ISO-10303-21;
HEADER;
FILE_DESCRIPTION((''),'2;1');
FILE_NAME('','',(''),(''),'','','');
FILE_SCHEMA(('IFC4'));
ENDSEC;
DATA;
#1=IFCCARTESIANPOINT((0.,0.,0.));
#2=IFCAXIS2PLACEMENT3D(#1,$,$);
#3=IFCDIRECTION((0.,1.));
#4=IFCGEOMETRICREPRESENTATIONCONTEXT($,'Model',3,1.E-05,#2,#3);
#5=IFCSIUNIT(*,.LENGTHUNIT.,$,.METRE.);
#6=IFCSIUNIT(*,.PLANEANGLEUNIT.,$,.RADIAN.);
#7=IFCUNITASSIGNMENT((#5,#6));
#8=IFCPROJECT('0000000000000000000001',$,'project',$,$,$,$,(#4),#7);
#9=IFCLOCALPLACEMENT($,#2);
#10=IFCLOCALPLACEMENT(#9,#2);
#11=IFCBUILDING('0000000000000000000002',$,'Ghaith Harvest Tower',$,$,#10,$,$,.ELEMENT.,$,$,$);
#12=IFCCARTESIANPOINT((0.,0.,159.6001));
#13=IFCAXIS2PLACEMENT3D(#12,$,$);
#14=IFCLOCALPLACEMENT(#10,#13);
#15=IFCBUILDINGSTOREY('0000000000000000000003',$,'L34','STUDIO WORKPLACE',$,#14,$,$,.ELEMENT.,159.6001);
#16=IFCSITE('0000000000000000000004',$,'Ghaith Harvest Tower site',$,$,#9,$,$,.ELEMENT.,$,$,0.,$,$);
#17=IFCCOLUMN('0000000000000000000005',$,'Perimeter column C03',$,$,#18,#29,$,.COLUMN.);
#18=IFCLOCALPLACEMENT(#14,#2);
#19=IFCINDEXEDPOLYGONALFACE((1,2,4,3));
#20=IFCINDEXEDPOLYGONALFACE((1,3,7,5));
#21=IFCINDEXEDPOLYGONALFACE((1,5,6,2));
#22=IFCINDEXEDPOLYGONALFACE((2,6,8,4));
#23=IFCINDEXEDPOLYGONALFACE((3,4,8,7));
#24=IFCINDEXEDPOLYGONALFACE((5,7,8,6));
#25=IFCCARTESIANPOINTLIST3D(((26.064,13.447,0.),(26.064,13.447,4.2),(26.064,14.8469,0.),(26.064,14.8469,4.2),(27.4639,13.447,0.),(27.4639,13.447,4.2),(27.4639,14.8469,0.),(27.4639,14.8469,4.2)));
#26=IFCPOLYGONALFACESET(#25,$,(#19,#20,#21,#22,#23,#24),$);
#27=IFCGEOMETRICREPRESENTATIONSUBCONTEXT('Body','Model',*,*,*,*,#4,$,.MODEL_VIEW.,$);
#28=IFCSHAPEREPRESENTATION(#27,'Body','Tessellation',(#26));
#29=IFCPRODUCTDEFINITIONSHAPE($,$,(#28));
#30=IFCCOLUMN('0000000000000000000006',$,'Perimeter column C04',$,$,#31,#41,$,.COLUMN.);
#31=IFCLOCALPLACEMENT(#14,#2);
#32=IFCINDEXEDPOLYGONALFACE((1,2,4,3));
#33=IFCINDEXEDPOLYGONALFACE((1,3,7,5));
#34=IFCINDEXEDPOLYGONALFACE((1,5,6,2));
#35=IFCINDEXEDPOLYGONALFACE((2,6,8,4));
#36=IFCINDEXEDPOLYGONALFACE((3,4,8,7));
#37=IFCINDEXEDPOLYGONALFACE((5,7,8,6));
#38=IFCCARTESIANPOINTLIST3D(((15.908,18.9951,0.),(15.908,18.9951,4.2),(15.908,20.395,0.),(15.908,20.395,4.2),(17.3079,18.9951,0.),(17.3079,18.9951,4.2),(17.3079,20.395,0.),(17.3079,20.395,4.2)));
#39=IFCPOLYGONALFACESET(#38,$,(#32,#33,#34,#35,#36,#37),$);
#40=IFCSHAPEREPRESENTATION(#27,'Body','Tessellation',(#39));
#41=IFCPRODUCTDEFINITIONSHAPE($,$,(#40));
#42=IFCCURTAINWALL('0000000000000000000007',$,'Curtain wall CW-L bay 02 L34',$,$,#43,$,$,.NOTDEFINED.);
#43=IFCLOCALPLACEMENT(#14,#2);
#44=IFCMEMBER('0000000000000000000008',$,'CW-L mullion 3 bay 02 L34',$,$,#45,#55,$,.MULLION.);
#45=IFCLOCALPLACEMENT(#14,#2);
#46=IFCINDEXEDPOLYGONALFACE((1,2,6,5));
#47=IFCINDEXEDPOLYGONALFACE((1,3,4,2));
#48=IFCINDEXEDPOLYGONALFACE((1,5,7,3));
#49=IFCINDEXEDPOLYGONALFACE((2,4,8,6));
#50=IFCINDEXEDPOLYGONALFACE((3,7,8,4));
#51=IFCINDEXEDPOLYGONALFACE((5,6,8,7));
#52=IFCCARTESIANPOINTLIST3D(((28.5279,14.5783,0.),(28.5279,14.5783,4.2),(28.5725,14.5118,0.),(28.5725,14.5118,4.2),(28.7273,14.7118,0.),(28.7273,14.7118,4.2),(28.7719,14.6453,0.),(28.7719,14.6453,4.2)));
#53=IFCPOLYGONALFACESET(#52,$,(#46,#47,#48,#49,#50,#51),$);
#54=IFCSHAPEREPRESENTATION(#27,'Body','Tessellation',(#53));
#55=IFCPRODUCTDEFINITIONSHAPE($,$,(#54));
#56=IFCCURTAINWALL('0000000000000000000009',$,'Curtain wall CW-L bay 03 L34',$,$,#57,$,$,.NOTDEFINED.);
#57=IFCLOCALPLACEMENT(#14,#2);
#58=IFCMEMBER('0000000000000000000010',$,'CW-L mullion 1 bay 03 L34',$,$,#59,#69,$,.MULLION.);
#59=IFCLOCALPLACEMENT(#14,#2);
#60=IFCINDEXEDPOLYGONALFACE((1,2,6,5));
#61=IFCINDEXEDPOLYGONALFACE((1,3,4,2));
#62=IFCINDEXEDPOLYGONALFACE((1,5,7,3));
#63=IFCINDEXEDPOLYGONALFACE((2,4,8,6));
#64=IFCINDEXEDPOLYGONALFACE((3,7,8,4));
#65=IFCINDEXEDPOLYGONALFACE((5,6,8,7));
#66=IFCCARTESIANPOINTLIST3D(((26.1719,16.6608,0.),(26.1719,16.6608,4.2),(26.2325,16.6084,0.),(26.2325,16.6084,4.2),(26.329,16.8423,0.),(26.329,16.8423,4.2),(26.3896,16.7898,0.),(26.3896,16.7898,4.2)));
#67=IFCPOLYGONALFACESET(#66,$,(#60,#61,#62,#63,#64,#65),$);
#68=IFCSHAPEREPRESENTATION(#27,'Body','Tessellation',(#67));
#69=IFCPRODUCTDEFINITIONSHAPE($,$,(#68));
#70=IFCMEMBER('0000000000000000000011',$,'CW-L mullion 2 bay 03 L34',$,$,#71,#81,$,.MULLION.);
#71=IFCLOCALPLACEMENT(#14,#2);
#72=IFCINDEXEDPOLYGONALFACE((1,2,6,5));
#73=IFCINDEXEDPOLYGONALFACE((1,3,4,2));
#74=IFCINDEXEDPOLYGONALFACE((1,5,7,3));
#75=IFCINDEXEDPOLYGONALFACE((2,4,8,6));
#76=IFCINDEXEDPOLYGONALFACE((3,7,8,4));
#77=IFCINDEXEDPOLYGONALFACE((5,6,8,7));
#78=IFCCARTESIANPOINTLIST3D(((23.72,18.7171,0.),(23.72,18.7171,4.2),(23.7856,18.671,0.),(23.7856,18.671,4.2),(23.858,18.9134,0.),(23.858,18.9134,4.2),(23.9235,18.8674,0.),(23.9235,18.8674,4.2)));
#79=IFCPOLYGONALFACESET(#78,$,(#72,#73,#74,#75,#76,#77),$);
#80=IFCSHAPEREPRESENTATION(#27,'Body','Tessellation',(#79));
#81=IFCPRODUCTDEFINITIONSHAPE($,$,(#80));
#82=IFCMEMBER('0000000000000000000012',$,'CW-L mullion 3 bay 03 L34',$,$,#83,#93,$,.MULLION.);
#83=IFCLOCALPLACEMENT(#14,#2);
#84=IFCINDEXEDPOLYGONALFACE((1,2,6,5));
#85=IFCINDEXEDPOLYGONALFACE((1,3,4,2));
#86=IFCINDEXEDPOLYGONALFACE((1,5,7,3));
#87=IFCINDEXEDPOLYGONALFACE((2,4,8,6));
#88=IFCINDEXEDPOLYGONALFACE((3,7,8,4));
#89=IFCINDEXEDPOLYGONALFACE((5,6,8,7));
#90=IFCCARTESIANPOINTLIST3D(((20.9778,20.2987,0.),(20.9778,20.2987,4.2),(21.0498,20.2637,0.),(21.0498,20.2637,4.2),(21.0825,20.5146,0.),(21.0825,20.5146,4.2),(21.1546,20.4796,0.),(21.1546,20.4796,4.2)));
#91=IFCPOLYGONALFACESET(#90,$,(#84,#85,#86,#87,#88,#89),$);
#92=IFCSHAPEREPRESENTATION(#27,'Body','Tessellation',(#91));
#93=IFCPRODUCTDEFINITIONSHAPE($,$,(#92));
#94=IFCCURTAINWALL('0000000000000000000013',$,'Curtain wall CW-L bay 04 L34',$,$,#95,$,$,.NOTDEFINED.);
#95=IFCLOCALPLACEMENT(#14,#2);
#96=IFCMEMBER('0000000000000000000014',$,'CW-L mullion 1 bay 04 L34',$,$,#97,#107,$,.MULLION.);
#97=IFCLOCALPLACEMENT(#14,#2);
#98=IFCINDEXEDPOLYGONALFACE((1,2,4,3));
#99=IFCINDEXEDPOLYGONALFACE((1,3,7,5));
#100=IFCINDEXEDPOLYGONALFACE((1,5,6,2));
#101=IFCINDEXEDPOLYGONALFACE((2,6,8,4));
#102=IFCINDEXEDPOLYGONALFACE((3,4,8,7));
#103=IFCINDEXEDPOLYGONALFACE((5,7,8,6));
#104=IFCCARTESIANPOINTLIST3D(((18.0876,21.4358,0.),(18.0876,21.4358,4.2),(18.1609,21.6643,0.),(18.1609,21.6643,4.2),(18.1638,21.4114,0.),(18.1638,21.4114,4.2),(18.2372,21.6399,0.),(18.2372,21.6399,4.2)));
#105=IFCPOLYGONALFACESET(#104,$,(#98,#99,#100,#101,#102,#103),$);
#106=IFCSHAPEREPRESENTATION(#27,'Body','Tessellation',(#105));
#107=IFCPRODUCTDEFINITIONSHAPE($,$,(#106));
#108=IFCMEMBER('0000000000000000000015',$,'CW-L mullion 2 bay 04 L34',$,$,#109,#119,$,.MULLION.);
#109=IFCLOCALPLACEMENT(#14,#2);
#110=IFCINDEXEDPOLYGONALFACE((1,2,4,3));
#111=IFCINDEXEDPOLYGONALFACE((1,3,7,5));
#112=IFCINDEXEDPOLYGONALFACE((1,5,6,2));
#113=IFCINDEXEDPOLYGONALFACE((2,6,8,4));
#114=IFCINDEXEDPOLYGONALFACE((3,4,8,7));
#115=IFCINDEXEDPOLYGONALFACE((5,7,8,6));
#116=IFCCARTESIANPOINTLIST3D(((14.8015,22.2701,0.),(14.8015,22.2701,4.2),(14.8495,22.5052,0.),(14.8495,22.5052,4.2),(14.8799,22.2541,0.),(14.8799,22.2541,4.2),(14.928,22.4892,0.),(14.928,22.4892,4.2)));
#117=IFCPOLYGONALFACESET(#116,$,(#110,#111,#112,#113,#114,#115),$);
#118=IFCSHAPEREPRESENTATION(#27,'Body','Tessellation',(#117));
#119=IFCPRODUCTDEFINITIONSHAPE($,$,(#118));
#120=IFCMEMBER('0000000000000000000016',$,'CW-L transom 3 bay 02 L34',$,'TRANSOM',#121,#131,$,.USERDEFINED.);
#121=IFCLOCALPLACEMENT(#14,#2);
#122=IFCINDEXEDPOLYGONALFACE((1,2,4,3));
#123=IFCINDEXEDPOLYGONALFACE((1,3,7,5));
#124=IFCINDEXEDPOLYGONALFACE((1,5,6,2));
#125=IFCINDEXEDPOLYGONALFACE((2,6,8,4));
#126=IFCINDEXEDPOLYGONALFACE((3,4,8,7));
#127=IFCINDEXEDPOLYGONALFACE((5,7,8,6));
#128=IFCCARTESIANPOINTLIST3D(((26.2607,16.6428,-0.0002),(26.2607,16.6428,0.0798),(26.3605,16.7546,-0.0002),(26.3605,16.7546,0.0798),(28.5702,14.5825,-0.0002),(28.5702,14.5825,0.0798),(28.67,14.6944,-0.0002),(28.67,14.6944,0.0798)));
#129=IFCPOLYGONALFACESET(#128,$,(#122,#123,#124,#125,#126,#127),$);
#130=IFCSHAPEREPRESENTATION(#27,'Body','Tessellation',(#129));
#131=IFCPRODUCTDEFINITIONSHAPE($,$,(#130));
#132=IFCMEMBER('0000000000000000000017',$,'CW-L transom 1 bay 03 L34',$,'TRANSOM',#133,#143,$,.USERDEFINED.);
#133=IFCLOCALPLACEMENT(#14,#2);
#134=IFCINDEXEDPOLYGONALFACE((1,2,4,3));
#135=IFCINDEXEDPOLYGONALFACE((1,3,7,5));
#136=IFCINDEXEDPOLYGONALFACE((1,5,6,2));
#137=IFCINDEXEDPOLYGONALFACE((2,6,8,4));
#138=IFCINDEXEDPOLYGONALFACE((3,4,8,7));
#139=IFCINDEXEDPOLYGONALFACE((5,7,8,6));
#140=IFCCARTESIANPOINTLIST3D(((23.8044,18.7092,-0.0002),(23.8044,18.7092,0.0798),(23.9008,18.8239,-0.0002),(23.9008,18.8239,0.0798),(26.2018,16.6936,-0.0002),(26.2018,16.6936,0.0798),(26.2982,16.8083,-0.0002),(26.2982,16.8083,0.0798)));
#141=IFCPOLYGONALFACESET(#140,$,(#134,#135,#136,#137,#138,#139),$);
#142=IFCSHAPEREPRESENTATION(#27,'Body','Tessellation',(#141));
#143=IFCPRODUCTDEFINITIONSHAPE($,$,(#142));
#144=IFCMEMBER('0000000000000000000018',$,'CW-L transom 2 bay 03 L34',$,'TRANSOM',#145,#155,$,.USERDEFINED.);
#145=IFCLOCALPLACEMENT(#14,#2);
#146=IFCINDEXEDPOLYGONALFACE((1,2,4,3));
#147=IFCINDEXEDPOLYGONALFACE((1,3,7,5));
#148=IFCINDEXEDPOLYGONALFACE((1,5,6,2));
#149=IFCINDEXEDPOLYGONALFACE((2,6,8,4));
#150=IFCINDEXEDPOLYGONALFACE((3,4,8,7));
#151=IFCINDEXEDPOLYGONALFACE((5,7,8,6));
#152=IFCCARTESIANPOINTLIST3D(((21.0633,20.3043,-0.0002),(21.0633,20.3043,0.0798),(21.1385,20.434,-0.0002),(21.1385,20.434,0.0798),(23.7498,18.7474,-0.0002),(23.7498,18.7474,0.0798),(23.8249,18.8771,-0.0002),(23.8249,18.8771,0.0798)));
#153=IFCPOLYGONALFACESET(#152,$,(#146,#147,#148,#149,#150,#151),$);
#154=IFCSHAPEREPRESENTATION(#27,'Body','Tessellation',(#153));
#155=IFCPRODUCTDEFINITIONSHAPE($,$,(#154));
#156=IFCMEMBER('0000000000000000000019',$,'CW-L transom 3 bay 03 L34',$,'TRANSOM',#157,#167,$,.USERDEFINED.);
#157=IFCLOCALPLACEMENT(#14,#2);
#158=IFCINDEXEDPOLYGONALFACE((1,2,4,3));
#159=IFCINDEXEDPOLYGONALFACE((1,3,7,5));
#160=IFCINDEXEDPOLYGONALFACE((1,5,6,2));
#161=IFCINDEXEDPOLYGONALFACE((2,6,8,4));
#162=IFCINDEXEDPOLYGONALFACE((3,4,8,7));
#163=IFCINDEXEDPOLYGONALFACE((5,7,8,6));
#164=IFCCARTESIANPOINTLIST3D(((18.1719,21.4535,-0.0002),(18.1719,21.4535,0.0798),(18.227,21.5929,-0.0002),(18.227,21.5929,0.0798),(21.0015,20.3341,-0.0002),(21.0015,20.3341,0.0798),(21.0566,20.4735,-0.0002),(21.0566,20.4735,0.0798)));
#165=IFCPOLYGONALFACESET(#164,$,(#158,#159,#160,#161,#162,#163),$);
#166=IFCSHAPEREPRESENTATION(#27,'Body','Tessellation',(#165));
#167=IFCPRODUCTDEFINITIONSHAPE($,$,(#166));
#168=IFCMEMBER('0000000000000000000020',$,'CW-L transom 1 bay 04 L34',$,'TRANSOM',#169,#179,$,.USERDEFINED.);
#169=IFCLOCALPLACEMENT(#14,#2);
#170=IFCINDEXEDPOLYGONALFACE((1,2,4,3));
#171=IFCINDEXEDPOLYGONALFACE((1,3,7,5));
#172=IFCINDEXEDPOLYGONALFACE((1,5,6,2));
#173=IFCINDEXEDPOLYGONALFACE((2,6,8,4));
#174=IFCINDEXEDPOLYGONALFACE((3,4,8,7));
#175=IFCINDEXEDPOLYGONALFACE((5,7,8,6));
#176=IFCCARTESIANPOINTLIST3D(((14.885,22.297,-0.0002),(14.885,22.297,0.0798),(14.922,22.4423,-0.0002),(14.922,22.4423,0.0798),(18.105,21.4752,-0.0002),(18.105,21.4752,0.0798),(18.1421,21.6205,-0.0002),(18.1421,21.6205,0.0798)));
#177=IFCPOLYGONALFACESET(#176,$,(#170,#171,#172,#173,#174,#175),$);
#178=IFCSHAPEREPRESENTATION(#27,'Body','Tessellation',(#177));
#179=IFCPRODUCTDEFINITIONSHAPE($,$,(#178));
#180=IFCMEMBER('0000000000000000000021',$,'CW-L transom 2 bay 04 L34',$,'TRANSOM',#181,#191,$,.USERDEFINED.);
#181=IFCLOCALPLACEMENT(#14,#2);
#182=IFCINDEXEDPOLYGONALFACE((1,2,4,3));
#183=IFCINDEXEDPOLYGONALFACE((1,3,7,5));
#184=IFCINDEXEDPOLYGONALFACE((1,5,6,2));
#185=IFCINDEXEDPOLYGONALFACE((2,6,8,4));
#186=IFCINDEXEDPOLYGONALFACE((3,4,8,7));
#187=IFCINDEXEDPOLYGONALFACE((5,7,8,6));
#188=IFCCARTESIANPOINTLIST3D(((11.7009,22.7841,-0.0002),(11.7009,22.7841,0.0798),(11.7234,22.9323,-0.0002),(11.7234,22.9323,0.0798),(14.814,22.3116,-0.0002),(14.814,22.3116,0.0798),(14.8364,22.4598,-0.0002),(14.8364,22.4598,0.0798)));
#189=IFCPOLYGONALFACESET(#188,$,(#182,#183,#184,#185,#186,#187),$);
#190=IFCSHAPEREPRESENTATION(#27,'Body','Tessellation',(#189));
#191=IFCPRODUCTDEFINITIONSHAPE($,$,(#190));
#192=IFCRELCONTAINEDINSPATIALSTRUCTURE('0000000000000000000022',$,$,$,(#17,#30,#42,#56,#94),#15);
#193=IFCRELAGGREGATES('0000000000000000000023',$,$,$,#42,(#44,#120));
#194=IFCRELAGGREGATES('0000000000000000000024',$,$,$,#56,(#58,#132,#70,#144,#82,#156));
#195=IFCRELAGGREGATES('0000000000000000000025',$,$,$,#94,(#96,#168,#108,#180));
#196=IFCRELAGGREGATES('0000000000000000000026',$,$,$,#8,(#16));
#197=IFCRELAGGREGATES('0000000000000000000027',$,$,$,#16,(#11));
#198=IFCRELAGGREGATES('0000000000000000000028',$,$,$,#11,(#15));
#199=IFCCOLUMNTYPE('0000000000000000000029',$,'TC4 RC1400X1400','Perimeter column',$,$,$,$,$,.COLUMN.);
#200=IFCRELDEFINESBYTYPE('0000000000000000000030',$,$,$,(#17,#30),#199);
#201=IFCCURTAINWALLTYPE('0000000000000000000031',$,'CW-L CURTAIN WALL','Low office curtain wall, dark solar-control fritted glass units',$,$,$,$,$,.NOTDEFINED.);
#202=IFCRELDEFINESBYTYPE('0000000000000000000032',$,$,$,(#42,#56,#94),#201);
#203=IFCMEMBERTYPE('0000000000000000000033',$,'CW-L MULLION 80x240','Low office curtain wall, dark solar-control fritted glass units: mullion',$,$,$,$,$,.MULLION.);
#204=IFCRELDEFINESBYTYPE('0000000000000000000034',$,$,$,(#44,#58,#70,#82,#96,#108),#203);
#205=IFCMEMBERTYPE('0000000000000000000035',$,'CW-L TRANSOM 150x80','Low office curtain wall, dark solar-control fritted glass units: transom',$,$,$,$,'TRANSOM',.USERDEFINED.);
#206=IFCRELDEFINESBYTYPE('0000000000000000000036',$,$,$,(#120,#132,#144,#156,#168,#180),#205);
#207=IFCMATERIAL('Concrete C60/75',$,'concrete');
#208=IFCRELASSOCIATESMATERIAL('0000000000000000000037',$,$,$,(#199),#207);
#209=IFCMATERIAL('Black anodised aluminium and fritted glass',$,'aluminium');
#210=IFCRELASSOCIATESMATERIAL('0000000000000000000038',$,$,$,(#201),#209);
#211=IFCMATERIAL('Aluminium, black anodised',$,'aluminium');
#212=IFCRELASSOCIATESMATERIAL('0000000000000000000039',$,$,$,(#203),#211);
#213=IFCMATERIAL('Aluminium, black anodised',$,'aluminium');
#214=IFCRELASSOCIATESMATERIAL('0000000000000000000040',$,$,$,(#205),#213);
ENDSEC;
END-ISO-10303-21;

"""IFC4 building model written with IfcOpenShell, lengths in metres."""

from ifc_helpers import new_model, si_unit, direction, frame, origin, origin_2d, place, context, subcontext, project, spatial, rectangle, extrude, material, material_profile, profile_set, type_object, element, aggregate, save


model = new_model("IFC4")

# Units and contexts
model_context = context("Model", 3, precision=1e-05, world=origin(), true_north=direction((0.0, 1.0)))
body_context = subcontext(model_context, "Body", "Model", "MODEL_VIEW")
ifc_project = project(units=[si_unit("LENGTHUNIT", "METRE"), si_unit("PLANEANGLEUNIT", "RADIAN")], contexts=[model_context])

# Site, building, storey
site_placement = place(None, origin())
site = spatial("IfcSite", under=ifc_project, at=site_placement, Name="Ghaith Harvest Tower site", CompositionType="ELEMENT", RefElevation=0.0)
building_placement = place(site_placement, origin())
building = spatial("IfcBuilding", under=site, at=building_placement, Name="Ghaith Harvest Tower", CompositionType="ELEMENT")
storey_placement = place(building_placement, frame((0.0, 0.0, 159.6001)))
storey = spatial("IfcBuildingStorey", under=building, at=storey_placement, Name="L34", Description="STUDIO WORKPLACE", CompositionType="ELEMENT", Elevation=159.6001)

# Columns
ifc_material_1 = material(Name="Concrete C60/75", Category="concrete")
ifc_material_profile_1 = material_profile(ifc_material_1, rectangle(XDim=1.3999, YDim=1.3999, at=origin_2d()), Name="RC1400X1400")
ifc_profile_set_1 = profile_set([ifc_material_profile_1], Name="Concrete C60/75")
column_type = type_object("IfcColumnType", Name="TC4 RC1400X1400", Description="Perimeter column", PredefinedType="COLUMN", material=ifc_profile_set_1)
for number, where, z_axis, x_axis, name in (
    (1, (26.7639, 14.147, 0.0), (0.0, 0.0, 1.0), (1.0, 0.0, 0.0), "Perimeter column C03"),
    (2, (16.6079, 19.6951, 0.0), (0.0, 0.0, 1.0), (1.0, 0.0, 0.0), "Perimeter column C04"),
):
    element("IfcColumn", number, at=place(storey_placement, frame(where, z_axis=z_axis, x_axis=x_axis)), inside=storey, type_object=column_type, Name=name, PredefinedType="COLUMN", context=body_context, shape_type="SweptSolid", body=[
        extrude(rectangle(XDim=1.3999, YDim=1.3999, at=origin_2d()), origin(), (0.0, 0.0, 1.0), 4.2),
    ])

# Curtain wall, member
ifc_material_2 = material(Name="Black anodised aluminium and fritted glass", Category="aluminium")
curtain_wall_type = type_object("IfcCurtainWallType", Name="CW-L CURTAIN WALL", Description="Low office curtain wall, dark solar-control fritted glass units", PredefinedType="NOTDEFINED", material=ifc_material_2)
curtain_wall_1_placement = place(storey_placement, origin())
curtain_wall_1 = element("IfcCurtainWall", 3, at=curtain_wall_1_placement, inside=storey, type_object=curtain_wall_type, Name="Curtain wall CW-L bay 02 L34", PredefinedType="NOTDEFINED")
ifc_material_3 = material(Name="Aluminium, black anodised", Category="aluminium")
ifc_material_profile_2 = material_profile(ifc_material_3, rectangle(XDim=0.0801, YDim=0.24, at=origin_2d()), Name="CW-L MULLION 80x240")
ifc_profile_set_2 = profile_set([ifc_material_profile_2], Name="Aluminium, black anodised")
member_type_1 = type_object("IfcMemberType", Name="CW-L MULLION 80x240", Description="Low office curtain wall, dark solar-control fritted glass units: mullion", PredefinedType="MULLION", material=ifc_profile_set_2)
member_1_placement = place(storey_placement, frame((28.6499, 14.6118, 0.0), z_axis=(0.0, 0.0, 1.0), x_axis=(-0.556324, 0.830965, 0.0)))
member_1 = element("IfcMember", 4, at=member_1_placement, type_object=member_type_1, Name="CW-L mullion 3 bay 02 L34", PredefinedType="MULLION", context=body_context, shape_type="SweptSolid", body=[
    extrude(rectangle(XDim=0.0801, YDim=0.24, at=origin_2d()), origin(), (0.0, 0.0, 1.0), 4.2),
])

# Curtain walls, members
curtain_wall_2_placement = place(storey_placement, origin())
curtain_wall_2 = element("IfcCurtainWall", 5, at=curtain_wall_2_placement, inside=storey, type_object=curtain_wall_type, Name="Curtain wall CW-L bay 03 L34", PredefinedType="NOTDEFINED")
member_2_placement = place(storey_placement, frame((26.2808, 16.7253, 0.0), z_axis=(0.0, 0.0, 1.0), x_axis=(-0.755999, 0.654572, 0.0)))
member_2 = element("IfcMember", 6, at=member_2_placement, type_object=member_type_1, Name="CW-L mullion 1 bay 03 L34", PredefinedType="MULLION", context=body_context, shape_type="SweptSolid", body=[
    extrude(rectangle(XDim=0.0801, YDim=0.24, at=origin_2d()), origin(), (0.0, 0.0, 1.0), 4.2),
])
member_3_placement = place(storey_placement, frame((23.8218, 18.7922, 0.0), z_axis=(0.0, 0.0, 1.0), x_axis=(-0.818229, 0.574893, 0.0)))
member_3 = element("IfcMember", 7, at=member_3_placement, type_object=member_type_1, Name="CW-L mullion 2 bay 03 L34", PredefinedType="MULLION", context=body_context, shape_type="SweptSolid", body=[
    extrude(rectangle(XDim=0.0801, YDim=0.24, at=origin_2d()), origin(), (0.0, 0.0, 1.0), 4.2),
])
member_4_placement = place(storey_placement, frame((21.0662, 20.3892, 0.0), z_axis=(0.0, 0.0, 1.0), x_axis=(-0.899713, 0.436481, 0.0)))
member_4 = element("IfcMember", 8, at=member_4_placement, type_object=member_type_1, Name="CW-L mullion 3 bay 03 L34", PredefinedType="MULLION", context=body_context, shape_type="SweptSolid", body=[
    extrude(rectangle(XDim=0.0801, YDim=0.24, at=origin_2d()), origin(), (0.0, 0.0, 1.0), 4.2),
])
curtain_wall_3_placement = place(storey_placement, origin())
curtain_wall_3 = element("IfcCurtainWall", 9, at=curtain_wall_3_placement, inside=storey, type_object=curtain_wall_type, Name="Curtain wall CW-L bay 04 L34", PredefinedType="NOTDEFINED")
member_5_placement = place(storey_placement, frame((18.1624, 21.5378, 0.0), z_axis=(0.0, 0.0, 1.0), x_axis=(-0.952152, 0.305624, 0.0)))
member_5 = element("IfcMember", 10, at=member_5_placement, type_object=member_type_1, Name="CW-L mullion 1 bay 04 L34", PredefinedType="MULLION", context=body_context, shape_type="SweptSolid", body=[
    extrude(rectangle(XDim=0.0801, YDim=0.24, at=origin_2d()), origin(), (0.0, 0.0, 1.0), 4.2),
])
member_6_placement = place(storey_placement, frame((14.8647, 22.3796, 0.0), z_axis=(0.0, 0.0, 1.0), x_axis=(-0.979752, 0.200215, 0.0)))
member_6 = element("IfcMember", 11, at=member_6_placement, type_object=member_type_1, Name="CW-L mullion 2 bay 04 L34", PredefinedType="MULLION", context=body_context, shape_type="SweptSolid", body=[
    extrude(rectangle(XDim=0.0801, YDim=0.24, at=origin_2d()), origin(), (0.0, 0.0, 1.0), 4.2),
])

# Members
ifc_material_4 = material(Name="Aluminium, black anodised", Category="aluminium")
ifc_material_profile_3 = material_profile(ifc_material_4, rectangle(XDim=0.1499, YDim=0.0801, at=origin_2d()), Name="CW-L TRANSOM 150x80")
ifc_profile_set_3 = profile_set([ifc_material_profile_3], Name="Aluminium, black anodised")
member_type_2 = type_object("IfcMemberType", Name="CW-L TRANSOM 150x80", Description="Low office curtain wall, dark solar-control fritted glass units: transom", ElementType="TRANSOM", PredefinedType="USERDEFINED", material=ifc_profile_set_3)
member_7_placement = place(storey_placement, frame((28.6201, 14.6384, 0.0398), z_axis=(-0.746229, 0.66569, 0.0), x_axis=(-0.66569, -0.746229, 0.0)))
member_7 = element("IfcMember", 12, at=member_7_placement, type_object=member_type_2, Name="CW-L transom 3 bay 02 L34", ObjectType="TRANSOM", PredefinedType="USERDEFINED", context=body_context, shape_type="SweptSolid", body=[
    extrude(rectangle(XDim=0.1499, YDim=0.0801, at=origin_2d()), origin(), (0.0, 0.0, 1.0), 3.095),
])
member_8_placement = place(storey_placement, frame((26.25, 16.751, 0.0398), z_axis=(-0.765428, 0.643521, 0.0), x_axis=(-0.643521, -0.765428, 0.0)))
member_8 = element("IfcMember", 13, at=member_8_placement, type_object=member_type_2, Name="CW-L transom 1 bay 03 L34", ObjectType="TRANSOM", PredefinedType="USERDEFINED", context=body_context, shape_type="SweptSolid", body=[
    extrude(rectangle(XDim=0.1499, YDim=0.0801, at=origin_2d()), origin(), (0.0, 0.0, 1.0), 3.1321),
])
member_9_placement = place(storey_placement, frame((23.7874, 18.8123, 0.0398), z_axis=(-0.865213, 0.501405, 0.0), x_axis=(-0.501405, -0.865213, 0.0)))
member_9 = element("IfcMember", 14, at=member_9_placement, type_object=member_type_2, Name="CW-L transom 2 bay 03 L34", ObjectType="TRANSOM", PredefinedType="USERDEFINED", context=body_context, shape_type="SweptSolid", body=[
    extrude(rectangle(XDim=0.1499, YDim=0.0801, at=origin_2d()), origin(), (0.0, 0.0, 1.0), 3.105),
])
member_10_placement = place(storey_placement, frame((21.0291, 20.4038, 0.0398), z_axis=(-0.929881, 0.367861, 0.0), x_axis=(-0.367861, -0.929881, 0.0)))
member_10 = element("IfcMember", 15, at=member_10_placement, type_object=member_type_2, Name="CW-L transom 3 bay 03 L34", ObjectType="TRANSOM", PredefinedType="USERDEFINED", context=body_context, shape_type="SweptSolid", body=[
    extrude(rectangle(XDim=0.1499, YDim=0.0801, at=origin_2d()), origin(), (0.0, 0.0, 1.0), 3.043),
])
member_11_placement = place(storey_placement, frame((18.1235, 21.5479, 0.0398), z_axis=(-0.968942, 0.247286, 0.0), x_axis=(-0.247286, -0.968942, 0.0)))
member_11 = element("IfcMember", 16, at=member_11_placement, type_object=member_type_2, Name="CW-L transom 1 bay 04 L34", ObjectType="TRANSOM", PredefinedType="USERDEFINED", context=body_context, shape_type="SweptSolid", body=[
    extrude(rectangle(XDim=0.1499, YDim=0.0801, at=origin_2d()), origin(), (0.0, 0.0, 1.0), 3.3232),
])
member_12_placement = place(storey_placement, frame((14.8252, 22.3857, 0.0398), z_axis=(-0.988681, 0.150035, 0.0), x_axis=(-0.150035, -0.988681, 0.0)))
member_12 = element("IfcMember", 17, at=member_12_placement, type_object=member_type_2, Name="CW-L transom 2 bay 04 L34", ObjectType="TRANSOM", PredefinedType="USERDEFINED", context=body_context, shape_type="SweptSolid", body=[
    extrude(rectangle(XDim=0.1499, YDim=0.0801, at=origin_2d()), origin(), (0.0, 0.0, 1.0), 3.1487),
])

aggregate(curtain_wall_1, [member_1, member_7])
aggregate(curtain_wall_2, [member_2, member_8, member_3, member_9, member_4, member_10])
aggregate(curtain_wall_3, [member_5, member_11, member_6, member_12])

save(model, "model.ifc")
